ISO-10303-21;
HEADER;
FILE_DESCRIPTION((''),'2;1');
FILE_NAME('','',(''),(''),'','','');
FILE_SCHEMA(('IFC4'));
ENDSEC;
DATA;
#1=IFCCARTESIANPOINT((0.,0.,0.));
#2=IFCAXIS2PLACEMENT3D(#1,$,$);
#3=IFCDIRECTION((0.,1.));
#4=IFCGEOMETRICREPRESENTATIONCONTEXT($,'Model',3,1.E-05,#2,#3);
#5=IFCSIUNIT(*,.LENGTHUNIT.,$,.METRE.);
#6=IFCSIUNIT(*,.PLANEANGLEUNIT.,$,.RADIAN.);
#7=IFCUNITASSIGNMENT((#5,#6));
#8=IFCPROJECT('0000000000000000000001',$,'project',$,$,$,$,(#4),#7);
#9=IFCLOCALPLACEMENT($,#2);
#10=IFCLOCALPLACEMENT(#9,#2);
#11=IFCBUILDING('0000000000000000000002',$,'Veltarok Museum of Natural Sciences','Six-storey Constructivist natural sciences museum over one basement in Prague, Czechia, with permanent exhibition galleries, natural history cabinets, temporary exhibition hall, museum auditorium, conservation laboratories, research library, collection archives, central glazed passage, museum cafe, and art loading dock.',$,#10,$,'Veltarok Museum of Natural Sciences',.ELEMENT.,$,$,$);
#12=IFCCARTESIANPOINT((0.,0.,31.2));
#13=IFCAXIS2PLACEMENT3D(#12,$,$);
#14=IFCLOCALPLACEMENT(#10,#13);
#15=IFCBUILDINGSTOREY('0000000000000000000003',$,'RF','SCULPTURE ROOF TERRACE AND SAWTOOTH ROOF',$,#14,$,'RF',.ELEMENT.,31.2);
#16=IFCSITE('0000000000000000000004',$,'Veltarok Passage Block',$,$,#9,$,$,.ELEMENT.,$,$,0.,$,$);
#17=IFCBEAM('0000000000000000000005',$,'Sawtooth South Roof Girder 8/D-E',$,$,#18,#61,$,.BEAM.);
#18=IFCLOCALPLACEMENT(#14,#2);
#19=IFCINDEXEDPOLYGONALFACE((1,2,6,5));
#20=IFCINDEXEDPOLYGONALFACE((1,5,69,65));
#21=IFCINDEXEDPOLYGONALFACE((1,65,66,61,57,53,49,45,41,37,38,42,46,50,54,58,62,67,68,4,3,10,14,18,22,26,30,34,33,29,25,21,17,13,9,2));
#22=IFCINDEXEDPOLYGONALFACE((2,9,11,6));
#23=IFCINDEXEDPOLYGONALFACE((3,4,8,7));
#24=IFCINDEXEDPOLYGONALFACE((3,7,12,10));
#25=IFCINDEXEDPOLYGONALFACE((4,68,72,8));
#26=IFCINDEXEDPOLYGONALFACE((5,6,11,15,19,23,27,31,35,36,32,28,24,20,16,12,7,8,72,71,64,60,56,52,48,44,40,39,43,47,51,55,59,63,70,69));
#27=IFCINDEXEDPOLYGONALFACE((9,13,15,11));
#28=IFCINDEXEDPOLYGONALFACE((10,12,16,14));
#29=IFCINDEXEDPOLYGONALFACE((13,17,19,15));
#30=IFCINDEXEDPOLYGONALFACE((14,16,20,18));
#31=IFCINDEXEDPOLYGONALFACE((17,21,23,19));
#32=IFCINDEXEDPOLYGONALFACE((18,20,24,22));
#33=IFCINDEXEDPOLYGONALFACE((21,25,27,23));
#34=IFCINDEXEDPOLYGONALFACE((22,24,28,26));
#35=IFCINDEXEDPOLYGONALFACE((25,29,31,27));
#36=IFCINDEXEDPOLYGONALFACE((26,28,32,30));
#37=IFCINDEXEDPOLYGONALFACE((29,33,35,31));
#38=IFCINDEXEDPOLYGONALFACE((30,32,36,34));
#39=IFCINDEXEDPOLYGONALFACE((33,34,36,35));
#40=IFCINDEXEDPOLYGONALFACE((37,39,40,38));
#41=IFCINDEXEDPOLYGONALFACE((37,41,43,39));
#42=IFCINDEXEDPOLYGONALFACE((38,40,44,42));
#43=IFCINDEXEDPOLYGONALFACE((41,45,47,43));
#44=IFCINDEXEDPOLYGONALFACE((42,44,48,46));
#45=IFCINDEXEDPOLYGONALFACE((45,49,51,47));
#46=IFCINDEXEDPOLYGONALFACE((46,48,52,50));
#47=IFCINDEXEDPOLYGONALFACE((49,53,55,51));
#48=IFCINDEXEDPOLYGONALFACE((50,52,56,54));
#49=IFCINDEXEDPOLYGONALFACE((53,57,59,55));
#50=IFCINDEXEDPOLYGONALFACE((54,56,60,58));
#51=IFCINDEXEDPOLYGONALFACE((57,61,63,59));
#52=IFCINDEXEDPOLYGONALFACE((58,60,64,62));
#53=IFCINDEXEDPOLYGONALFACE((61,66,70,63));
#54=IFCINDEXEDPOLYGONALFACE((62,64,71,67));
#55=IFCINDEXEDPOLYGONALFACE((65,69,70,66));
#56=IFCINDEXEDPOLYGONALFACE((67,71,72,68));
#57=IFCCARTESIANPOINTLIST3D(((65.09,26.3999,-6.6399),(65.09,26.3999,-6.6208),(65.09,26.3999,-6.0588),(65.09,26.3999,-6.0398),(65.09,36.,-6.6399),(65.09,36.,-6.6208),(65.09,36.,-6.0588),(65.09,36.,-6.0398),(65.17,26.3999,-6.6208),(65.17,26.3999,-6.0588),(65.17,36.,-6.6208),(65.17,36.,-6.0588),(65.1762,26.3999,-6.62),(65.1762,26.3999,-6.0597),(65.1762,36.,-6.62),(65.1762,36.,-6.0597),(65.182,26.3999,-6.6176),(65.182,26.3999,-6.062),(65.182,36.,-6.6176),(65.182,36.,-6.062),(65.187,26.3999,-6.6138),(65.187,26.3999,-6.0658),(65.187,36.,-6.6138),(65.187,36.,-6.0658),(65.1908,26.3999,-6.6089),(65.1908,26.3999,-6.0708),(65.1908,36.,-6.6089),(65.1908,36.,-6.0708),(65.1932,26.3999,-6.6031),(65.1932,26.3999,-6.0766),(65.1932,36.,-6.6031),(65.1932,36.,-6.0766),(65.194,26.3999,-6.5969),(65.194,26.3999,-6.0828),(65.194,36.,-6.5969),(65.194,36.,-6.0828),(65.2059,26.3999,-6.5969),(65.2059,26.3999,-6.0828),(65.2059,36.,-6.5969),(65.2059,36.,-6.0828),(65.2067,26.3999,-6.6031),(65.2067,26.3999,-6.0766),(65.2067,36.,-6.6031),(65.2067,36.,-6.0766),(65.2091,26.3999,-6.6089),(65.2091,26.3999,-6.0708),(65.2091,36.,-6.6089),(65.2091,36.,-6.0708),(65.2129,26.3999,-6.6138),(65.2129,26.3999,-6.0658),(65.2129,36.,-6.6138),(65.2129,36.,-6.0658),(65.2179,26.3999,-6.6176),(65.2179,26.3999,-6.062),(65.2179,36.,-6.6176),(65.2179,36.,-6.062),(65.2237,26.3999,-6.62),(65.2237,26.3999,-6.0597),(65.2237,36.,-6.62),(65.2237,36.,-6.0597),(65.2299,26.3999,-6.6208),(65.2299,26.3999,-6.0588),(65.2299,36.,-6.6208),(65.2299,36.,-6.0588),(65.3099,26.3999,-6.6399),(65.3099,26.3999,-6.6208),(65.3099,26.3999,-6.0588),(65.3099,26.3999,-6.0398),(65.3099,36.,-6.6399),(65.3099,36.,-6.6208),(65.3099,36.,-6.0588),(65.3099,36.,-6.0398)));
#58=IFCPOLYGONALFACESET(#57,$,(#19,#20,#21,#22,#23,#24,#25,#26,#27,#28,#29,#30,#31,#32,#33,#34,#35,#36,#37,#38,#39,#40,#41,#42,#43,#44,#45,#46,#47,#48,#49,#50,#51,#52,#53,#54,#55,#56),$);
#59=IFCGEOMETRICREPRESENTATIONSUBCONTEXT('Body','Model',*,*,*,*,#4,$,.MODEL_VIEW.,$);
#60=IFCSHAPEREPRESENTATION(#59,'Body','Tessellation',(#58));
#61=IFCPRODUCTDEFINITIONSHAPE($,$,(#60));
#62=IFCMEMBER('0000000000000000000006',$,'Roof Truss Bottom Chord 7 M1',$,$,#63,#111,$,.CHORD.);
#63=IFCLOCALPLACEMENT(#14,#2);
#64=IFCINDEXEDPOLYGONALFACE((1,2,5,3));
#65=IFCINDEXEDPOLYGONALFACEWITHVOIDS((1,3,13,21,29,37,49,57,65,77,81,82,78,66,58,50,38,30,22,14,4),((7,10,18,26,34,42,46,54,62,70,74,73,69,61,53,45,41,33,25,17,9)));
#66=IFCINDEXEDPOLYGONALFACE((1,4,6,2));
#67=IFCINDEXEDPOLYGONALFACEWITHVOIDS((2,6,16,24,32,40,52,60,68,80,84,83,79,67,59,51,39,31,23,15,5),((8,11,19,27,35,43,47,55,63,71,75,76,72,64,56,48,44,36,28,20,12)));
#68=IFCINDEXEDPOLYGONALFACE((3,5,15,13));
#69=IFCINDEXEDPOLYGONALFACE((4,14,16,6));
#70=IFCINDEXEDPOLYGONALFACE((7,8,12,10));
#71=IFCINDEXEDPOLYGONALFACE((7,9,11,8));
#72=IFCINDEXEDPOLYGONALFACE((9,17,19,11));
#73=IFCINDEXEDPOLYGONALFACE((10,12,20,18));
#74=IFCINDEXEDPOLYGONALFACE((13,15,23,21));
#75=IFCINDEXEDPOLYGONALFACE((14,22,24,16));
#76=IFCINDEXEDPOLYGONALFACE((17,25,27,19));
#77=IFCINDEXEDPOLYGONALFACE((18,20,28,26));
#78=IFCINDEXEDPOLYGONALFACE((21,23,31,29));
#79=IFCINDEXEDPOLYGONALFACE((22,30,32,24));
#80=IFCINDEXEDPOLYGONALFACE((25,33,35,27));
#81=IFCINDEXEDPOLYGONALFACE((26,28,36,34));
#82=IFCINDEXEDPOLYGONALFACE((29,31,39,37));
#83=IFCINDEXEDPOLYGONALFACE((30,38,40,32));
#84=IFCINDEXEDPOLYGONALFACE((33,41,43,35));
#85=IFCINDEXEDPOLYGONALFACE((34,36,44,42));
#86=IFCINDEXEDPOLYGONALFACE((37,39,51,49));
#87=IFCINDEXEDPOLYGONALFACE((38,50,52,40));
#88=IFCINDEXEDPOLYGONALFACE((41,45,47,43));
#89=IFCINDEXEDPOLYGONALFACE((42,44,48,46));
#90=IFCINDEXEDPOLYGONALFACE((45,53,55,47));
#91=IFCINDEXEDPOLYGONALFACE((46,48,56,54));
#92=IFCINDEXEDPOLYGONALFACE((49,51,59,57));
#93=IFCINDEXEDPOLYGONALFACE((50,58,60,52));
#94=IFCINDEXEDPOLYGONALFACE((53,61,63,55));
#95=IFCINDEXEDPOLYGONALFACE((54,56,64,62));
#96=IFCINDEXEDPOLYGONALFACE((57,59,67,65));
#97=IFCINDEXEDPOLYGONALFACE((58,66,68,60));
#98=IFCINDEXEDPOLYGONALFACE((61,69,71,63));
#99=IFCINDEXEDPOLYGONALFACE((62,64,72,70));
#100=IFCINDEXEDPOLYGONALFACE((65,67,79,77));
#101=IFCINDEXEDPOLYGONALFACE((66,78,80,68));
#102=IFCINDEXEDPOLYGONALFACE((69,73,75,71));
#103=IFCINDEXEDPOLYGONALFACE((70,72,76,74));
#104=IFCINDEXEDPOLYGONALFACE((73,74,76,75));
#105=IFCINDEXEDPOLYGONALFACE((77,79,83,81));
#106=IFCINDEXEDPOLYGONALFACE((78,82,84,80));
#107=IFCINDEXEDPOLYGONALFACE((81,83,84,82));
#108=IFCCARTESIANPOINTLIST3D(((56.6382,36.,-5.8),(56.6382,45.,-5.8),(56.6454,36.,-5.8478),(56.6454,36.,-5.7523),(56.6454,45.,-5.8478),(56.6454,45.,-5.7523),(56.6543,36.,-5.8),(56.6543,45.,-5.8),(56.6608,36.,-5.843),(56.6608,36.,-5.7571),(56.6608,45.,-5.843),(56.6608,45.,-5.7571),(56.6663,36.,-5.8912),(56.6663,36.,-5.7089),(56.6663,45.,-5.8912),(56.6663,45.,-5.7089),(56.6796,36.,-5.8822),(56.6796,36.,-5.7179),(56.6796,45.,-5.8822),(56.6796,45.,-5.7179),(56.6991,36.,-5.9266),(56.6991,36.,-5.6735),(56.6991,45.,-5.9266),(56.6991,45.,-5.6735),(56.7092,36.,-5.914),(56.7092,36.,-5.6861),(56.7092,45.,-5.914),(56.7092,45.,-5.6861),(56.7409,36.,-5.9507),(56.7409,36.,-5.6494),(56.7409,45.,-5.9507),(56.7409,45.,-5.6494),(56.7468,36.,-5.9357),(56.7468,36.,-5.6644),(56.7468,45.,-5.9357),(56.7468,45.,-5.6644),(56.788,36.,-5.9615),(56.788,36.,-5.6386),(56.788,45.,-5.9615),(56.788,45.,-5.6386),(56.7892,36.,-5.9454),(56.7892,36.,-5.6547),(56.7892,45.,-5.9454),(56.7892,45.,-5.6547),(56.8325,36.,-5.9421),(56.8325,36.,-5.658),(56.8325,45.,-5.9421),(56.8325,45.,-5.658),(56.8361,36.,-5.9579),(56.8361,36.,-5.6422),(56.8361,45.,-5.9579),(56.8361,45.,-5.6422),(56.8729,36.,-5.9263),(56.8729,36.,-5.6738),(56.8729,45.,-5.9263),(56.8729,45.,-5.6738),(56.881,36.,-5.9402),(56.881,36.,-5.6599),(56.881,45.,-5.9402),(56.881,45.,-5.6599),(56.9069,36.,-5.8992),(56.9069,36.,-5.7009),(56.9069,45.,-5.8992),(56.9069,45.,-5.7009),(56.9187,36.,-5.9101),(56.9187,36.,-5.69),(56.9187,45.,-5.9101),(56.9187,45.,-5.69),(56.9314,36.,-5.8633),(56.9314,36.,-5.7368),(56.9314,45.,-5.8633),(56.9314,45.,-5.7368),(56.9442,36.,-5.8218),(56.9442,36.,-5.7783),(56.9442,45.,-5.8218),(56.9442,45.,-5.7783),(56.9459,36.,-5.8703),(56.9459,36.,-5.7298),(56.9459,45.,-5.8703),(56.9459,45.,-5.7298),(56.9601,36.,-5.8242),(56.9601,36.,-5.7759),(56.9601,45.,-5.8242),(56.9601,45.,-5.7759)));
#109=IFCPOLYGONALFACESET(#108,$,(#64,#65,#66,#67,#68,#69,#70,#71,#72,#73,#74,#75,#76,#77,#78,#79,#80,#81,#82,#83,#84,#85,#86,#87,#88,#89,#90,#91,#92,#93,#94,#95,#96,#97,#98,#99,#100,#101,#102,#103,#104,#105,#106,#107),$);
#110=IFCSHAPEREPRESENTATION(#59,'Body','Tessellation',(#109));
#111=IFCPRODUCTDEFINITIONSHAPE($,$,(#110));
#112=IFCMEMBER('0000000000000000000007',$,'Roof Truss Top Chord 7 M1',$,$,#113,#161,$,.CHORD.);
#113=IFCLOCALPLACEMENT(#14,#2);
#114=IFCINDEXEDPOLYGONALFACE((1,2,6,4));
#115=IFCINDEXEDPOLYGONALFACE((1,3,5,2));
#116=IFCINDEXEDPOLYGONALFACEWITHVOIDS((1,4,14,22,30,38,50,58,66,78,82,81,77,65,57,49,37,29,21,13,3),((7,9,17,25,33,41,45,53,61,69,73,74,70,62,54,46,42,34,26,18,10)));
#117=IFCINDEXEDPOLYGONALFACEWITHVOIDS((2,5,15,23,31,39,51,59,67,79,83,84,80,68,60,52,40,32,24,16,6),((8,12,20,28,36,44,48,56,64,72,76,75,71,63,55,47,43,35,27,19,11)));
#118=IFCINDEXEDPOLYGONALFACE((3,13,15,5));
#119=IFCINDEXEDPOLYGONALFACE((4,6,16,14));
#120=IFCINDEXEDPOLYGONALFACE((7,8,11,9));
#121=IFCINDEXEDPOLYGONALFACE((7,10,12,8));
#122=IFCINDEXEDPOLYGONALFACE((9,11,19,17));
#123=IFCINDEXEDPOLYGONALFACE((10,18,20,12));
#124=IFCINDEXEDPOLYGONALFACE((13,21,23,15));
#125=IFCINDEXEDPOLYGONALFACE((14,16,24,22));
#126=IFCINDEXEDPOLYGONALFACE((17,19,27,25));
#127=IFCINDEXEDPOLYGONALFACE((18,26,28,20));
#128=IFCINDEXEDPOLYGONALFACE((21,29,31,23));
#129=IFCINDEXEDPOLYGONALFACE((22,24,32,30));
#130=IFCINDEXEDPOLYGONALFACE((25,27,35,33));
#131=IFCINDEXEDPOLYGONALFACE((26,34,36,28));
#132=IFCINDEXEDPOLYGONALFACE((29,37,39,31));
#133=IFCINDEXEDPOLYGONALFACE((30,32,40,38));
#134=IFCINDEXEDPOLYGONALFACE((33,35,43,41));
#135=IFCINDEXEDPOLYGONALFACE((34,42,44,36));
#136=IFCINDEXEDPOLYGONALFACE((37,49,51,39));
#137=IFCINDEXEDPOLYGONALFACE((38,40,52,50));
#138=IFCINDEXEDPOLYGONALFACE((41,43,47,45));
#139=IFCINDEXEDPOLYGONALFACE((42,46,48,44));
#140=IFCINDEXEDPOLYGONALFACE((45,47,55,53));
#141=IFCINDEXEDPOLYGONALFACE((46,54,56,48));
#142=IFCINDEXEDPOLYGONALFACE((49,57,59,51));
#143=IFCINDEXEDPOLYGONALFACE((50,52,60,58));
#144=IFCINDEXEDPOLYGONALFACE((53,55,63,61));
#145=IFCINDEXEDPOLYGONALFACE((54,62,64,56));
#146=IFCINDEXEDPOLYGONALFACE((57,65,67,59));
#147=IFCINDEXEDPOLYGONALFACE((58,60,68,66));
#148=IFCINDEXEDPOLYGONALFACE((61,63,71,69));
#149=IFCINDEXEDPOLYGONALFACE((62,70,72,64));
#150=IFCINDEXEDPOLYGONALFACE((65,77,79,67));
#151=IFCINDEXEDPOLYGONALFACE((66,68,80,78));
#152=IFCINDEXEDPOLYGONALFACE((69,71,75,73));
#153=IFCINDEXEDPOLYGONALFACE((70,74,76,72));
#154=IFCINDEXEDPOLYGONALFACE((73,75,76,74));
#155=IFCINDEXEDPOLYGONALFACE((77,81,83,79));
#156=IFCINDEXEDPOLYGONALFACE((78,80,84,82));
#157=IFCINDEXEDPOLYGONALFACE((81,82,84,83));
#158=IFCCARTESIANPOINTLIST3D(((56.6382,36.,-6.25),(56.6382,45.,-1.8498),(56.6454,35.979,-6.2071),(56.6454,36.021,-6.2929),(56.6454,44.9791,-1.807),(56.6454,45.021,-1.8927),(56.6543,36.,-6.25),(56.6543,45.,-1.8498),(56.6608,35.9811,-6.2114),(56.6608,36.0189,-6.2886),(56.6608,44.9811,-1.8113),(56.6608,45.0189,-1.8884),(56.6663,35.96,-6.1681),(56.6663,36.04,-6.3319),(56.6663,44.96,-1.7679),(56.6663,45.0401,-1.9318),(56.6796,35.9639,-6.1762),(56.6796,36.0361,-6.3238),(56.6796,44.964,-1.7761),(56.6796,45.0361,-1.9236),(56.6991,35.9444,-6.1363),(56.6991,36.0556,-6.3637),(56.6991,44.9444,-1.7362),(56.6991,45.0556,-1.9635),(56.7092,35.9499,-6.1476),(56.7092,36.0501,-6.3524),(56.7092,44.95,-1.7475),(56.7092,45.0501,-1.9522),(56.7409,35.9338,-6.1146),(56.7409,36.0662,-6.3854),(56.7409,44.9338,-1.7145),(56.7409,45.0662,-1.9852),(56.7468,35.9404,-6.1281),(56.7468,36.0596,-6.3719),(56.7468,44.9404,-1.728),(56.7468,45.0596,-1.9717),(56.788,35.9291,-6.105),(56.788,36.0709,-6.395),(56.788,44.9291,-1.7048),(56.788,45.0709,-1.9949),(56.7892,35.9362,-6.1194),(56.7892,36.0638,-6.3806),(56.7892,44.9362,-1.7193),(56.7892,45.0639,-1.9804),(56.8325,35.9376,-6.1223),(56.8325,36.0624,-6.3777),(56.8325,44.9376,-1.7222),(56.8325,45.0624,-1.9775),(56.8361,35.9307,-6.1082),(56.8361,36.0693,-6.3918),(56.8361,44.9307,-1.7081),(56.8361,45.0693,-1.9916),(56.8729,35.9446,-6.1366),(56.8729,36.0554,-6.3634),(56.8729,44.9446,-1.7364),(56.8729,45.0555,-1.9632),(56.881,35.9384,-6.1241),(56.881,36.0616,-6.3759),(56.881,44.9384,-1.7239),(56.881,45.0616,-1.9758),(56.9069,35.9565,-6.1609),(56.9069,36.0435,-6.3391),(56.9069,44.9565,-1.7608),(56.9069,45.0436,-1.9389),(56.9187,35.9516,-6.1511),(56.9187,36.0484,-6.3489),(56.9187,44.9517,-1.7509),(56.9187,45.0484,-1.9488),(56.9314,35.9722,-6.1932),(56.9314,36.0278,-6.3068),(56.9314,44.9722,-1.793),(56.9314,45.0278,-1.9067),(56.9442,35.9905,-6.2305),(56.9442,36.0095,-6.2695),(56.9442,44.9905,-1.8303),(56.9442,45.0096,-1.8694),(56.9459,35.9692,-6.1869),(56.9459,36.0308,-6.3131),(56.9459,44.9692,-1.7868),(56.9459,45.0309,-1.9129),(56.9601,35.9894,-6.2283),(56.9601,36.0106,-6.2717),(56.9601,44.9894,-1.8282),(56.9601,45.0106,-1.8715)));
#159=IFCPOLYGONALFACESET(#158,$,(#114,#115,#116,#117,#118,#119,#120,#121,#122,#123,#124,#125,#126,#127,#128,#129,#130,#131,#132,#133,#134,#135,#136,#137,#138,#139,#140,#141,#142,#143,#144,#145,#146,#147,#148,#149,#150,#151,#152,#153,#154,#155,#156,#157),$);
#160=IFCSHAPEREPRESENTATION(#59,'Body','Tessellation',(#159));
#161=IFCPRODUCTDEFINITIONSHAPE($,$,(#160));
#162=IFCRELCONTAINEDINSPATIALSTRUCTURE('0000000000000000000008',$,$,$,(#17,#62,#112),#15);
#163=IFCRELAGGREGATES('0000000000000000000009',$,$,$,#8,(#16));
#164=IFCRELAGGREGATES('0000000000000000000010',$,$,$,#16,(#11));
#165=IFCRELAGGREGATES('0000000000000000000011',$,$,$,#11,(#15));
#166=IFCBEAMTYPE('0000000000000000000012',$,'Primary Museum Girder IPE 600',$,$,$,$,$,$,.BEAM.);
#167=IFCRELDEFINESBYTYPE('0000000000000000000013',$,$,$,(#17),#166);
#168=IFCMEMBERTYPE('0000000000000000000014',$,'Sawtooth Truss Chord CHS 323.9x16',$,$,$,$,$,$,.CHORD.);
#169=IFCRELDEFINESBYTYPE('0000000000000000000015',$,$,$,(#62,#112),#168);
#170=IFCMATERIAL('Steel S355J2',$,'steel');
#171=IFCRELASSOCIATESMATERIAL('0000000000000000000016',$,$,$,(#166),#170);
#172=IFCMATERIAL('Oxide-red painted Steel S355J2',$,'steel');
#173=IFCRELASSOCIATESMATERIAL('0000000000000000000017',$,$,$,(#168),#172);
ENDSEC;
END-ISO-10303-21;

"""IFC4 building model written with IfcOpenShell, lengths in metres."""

from ifc_helpers import new_model, si_unit, direction, frame, origin, origin_2d, place, context, subcontext, project, spatial, hollow_circle, i_section, extrude, material, material_profile, profile_set, type_object, element, save


model = new_model("IFC4")

# Units and contexts
model_context = context("Model", 3, precision=1e-05, world=origin(), true_north=direction((0.0, 1.0)))
body_context = subcontext(model_context, "Body", "Model", "MODEL_VIEW")
ifc_project = project(units=[si_unit("LENGTHUNIT", "METRE"), si_unit("PLANEANGLEUNIT", "RADIAN")], contexts=[model_context])

# Site, building, storey
site_placement = place(None, origin())
site = spatial("IfcSite", under=ifc_project, at=site_placement, Name="Veltarok Passage Block", CompositionType="ELEMENT", RefElevation=0.0)
building_placement = place(site_placement, origin())
building = spatial("IfcBuilding", under=site, at=building_placement, Name="Veltarok Museum of Natural Sciences", Description="Six-storey Constructivist natural sciences museum over one basement in Prague, Czechia, with permanent exhibition galleries, natural history cabinets, temporary exhibition hall, museum auditorium, conservation laboratories, research library, collection archives, central glazed passage, museum cafe, and art loading dock.", LongName="Veltarok Museum of Natural Sciences", CompositionType="ELEMENT")
storey_placement = place(building_placement, frame((0.0, 0.0, 31.2)))
storey = spatial("IfcBuildingStorey", under=building, at=storey_placement, Name="RF", Description="SCULPTURE ROOF TERRACE AND SAWTOOTH ROOF", LongName="RF", CompositionType="ELEMENT", Elevation=31.2)

# Beam
ifc_material_1 = material(Name="Steel S355J2", Category="steel")
ifc_material_profile_1 = material_profile(ifc_material_1, i_section(OverallWidth=0.22, OverallDepth=0.6001, WebThickness=0.012, FlangeThickness=0.019, FilletRadius=0.0239, at=origin_2d()), Name="IPE 600")
ifc_profile_set_1 = profile_set([ifc_material_profile_1], Name="Steel S355J2")
beam_type_1 = type_object("IfcBeamType", Name="Primary Museum Girder IPE 600", PredefinedType="BEAM", material=ifc_profile_set_1)
for number, where, z_axis, x_axis, name in (
    (1, (65.2, 26.3999, -6.3398), (0.0, 1.0, 0.0), (-1.0, 0.0, 0.0), "Sawtooth South Roof Girder 8/D-E"),
):
    element("IfcBeam", number, at=place(storey_placement, frame(where, z_axis=z_axis, x_axis=x_axis)), inside=storey, type_object=beam_type_1, Name=name, PredefinedType="BEAM", context=body_context, shape_type="SweptSolid", body=[
        extrude(i_section(OverallWidth=0.22, OverallDepth=0.6001, WebThickness=0.012, FlangeThickness=0.019, FilletRadius=0.0239, at=origin_2d()), origin(), (0.0, 0.0, 1.0), 9.6001),
    ])

# Members
ifc_material_2 = material(Name="Oxide-red painted Steel S355J2", Category="steel")
ifc_material_profile_2 = material_profile(ifc_material_2, hollow_circle(Radius=0.1619, WallThickness=0.0161, at=origin_2d()), Name="CHS 323.9x16")
ifc_profile_set_2 = profile_set([ifc_material_profile_2], Name="Oxide-red painted Steel S355J2")
member_type_1 = type_object("IfcMemberType", Name="Sawtooth Truss Chord CHS 323.9x16", PredefinedType="CHORD", material=ifc_profile_set_2)
member_1_placement = place(storey_placement, frame((56.8, 36.0, -5.8), z_axis=(0.0, 1.0, 0.0), x_axis=(-1.0, 0.0, 0.0)))
element("IfcMember", 2, at=member_1_placement, inside=storey, type_object=member_type_1, Name="Roof Truss Bottom Chord 7 M1", PredefinedType="CHORD", context=body_context, shape_type="SweptSolid", body=[
    extrude(hollow_circle(Radius=0.1619, WallThickness=0.0161, at=origin_2d()), origin(), (0.0, 0.0, 1.0), 9.0),
])
member_2_placement = place(storey_placement, frame((56.8, 36.0, -6.25), z_axis=(0.0, 0.898379, 0.439222), x_axis=(-1.0, 0.0, 0.0)))
element("IfcMember", 3, at=member_2_placement, inside=storey, type_object=member_type_1, Name="Roof Truss Top Chord 7 M1", PredefinedType="CHORD", context=body_context, shape_type="SweptSolid", body=[
    extrude(hollow_circle(Radius=0.1619, WallThickness=0.0161, at=origin_2d()), origin(), (0.0, 0.0, 1.0), 10.0181),
])

save(model, "model.ifc")
